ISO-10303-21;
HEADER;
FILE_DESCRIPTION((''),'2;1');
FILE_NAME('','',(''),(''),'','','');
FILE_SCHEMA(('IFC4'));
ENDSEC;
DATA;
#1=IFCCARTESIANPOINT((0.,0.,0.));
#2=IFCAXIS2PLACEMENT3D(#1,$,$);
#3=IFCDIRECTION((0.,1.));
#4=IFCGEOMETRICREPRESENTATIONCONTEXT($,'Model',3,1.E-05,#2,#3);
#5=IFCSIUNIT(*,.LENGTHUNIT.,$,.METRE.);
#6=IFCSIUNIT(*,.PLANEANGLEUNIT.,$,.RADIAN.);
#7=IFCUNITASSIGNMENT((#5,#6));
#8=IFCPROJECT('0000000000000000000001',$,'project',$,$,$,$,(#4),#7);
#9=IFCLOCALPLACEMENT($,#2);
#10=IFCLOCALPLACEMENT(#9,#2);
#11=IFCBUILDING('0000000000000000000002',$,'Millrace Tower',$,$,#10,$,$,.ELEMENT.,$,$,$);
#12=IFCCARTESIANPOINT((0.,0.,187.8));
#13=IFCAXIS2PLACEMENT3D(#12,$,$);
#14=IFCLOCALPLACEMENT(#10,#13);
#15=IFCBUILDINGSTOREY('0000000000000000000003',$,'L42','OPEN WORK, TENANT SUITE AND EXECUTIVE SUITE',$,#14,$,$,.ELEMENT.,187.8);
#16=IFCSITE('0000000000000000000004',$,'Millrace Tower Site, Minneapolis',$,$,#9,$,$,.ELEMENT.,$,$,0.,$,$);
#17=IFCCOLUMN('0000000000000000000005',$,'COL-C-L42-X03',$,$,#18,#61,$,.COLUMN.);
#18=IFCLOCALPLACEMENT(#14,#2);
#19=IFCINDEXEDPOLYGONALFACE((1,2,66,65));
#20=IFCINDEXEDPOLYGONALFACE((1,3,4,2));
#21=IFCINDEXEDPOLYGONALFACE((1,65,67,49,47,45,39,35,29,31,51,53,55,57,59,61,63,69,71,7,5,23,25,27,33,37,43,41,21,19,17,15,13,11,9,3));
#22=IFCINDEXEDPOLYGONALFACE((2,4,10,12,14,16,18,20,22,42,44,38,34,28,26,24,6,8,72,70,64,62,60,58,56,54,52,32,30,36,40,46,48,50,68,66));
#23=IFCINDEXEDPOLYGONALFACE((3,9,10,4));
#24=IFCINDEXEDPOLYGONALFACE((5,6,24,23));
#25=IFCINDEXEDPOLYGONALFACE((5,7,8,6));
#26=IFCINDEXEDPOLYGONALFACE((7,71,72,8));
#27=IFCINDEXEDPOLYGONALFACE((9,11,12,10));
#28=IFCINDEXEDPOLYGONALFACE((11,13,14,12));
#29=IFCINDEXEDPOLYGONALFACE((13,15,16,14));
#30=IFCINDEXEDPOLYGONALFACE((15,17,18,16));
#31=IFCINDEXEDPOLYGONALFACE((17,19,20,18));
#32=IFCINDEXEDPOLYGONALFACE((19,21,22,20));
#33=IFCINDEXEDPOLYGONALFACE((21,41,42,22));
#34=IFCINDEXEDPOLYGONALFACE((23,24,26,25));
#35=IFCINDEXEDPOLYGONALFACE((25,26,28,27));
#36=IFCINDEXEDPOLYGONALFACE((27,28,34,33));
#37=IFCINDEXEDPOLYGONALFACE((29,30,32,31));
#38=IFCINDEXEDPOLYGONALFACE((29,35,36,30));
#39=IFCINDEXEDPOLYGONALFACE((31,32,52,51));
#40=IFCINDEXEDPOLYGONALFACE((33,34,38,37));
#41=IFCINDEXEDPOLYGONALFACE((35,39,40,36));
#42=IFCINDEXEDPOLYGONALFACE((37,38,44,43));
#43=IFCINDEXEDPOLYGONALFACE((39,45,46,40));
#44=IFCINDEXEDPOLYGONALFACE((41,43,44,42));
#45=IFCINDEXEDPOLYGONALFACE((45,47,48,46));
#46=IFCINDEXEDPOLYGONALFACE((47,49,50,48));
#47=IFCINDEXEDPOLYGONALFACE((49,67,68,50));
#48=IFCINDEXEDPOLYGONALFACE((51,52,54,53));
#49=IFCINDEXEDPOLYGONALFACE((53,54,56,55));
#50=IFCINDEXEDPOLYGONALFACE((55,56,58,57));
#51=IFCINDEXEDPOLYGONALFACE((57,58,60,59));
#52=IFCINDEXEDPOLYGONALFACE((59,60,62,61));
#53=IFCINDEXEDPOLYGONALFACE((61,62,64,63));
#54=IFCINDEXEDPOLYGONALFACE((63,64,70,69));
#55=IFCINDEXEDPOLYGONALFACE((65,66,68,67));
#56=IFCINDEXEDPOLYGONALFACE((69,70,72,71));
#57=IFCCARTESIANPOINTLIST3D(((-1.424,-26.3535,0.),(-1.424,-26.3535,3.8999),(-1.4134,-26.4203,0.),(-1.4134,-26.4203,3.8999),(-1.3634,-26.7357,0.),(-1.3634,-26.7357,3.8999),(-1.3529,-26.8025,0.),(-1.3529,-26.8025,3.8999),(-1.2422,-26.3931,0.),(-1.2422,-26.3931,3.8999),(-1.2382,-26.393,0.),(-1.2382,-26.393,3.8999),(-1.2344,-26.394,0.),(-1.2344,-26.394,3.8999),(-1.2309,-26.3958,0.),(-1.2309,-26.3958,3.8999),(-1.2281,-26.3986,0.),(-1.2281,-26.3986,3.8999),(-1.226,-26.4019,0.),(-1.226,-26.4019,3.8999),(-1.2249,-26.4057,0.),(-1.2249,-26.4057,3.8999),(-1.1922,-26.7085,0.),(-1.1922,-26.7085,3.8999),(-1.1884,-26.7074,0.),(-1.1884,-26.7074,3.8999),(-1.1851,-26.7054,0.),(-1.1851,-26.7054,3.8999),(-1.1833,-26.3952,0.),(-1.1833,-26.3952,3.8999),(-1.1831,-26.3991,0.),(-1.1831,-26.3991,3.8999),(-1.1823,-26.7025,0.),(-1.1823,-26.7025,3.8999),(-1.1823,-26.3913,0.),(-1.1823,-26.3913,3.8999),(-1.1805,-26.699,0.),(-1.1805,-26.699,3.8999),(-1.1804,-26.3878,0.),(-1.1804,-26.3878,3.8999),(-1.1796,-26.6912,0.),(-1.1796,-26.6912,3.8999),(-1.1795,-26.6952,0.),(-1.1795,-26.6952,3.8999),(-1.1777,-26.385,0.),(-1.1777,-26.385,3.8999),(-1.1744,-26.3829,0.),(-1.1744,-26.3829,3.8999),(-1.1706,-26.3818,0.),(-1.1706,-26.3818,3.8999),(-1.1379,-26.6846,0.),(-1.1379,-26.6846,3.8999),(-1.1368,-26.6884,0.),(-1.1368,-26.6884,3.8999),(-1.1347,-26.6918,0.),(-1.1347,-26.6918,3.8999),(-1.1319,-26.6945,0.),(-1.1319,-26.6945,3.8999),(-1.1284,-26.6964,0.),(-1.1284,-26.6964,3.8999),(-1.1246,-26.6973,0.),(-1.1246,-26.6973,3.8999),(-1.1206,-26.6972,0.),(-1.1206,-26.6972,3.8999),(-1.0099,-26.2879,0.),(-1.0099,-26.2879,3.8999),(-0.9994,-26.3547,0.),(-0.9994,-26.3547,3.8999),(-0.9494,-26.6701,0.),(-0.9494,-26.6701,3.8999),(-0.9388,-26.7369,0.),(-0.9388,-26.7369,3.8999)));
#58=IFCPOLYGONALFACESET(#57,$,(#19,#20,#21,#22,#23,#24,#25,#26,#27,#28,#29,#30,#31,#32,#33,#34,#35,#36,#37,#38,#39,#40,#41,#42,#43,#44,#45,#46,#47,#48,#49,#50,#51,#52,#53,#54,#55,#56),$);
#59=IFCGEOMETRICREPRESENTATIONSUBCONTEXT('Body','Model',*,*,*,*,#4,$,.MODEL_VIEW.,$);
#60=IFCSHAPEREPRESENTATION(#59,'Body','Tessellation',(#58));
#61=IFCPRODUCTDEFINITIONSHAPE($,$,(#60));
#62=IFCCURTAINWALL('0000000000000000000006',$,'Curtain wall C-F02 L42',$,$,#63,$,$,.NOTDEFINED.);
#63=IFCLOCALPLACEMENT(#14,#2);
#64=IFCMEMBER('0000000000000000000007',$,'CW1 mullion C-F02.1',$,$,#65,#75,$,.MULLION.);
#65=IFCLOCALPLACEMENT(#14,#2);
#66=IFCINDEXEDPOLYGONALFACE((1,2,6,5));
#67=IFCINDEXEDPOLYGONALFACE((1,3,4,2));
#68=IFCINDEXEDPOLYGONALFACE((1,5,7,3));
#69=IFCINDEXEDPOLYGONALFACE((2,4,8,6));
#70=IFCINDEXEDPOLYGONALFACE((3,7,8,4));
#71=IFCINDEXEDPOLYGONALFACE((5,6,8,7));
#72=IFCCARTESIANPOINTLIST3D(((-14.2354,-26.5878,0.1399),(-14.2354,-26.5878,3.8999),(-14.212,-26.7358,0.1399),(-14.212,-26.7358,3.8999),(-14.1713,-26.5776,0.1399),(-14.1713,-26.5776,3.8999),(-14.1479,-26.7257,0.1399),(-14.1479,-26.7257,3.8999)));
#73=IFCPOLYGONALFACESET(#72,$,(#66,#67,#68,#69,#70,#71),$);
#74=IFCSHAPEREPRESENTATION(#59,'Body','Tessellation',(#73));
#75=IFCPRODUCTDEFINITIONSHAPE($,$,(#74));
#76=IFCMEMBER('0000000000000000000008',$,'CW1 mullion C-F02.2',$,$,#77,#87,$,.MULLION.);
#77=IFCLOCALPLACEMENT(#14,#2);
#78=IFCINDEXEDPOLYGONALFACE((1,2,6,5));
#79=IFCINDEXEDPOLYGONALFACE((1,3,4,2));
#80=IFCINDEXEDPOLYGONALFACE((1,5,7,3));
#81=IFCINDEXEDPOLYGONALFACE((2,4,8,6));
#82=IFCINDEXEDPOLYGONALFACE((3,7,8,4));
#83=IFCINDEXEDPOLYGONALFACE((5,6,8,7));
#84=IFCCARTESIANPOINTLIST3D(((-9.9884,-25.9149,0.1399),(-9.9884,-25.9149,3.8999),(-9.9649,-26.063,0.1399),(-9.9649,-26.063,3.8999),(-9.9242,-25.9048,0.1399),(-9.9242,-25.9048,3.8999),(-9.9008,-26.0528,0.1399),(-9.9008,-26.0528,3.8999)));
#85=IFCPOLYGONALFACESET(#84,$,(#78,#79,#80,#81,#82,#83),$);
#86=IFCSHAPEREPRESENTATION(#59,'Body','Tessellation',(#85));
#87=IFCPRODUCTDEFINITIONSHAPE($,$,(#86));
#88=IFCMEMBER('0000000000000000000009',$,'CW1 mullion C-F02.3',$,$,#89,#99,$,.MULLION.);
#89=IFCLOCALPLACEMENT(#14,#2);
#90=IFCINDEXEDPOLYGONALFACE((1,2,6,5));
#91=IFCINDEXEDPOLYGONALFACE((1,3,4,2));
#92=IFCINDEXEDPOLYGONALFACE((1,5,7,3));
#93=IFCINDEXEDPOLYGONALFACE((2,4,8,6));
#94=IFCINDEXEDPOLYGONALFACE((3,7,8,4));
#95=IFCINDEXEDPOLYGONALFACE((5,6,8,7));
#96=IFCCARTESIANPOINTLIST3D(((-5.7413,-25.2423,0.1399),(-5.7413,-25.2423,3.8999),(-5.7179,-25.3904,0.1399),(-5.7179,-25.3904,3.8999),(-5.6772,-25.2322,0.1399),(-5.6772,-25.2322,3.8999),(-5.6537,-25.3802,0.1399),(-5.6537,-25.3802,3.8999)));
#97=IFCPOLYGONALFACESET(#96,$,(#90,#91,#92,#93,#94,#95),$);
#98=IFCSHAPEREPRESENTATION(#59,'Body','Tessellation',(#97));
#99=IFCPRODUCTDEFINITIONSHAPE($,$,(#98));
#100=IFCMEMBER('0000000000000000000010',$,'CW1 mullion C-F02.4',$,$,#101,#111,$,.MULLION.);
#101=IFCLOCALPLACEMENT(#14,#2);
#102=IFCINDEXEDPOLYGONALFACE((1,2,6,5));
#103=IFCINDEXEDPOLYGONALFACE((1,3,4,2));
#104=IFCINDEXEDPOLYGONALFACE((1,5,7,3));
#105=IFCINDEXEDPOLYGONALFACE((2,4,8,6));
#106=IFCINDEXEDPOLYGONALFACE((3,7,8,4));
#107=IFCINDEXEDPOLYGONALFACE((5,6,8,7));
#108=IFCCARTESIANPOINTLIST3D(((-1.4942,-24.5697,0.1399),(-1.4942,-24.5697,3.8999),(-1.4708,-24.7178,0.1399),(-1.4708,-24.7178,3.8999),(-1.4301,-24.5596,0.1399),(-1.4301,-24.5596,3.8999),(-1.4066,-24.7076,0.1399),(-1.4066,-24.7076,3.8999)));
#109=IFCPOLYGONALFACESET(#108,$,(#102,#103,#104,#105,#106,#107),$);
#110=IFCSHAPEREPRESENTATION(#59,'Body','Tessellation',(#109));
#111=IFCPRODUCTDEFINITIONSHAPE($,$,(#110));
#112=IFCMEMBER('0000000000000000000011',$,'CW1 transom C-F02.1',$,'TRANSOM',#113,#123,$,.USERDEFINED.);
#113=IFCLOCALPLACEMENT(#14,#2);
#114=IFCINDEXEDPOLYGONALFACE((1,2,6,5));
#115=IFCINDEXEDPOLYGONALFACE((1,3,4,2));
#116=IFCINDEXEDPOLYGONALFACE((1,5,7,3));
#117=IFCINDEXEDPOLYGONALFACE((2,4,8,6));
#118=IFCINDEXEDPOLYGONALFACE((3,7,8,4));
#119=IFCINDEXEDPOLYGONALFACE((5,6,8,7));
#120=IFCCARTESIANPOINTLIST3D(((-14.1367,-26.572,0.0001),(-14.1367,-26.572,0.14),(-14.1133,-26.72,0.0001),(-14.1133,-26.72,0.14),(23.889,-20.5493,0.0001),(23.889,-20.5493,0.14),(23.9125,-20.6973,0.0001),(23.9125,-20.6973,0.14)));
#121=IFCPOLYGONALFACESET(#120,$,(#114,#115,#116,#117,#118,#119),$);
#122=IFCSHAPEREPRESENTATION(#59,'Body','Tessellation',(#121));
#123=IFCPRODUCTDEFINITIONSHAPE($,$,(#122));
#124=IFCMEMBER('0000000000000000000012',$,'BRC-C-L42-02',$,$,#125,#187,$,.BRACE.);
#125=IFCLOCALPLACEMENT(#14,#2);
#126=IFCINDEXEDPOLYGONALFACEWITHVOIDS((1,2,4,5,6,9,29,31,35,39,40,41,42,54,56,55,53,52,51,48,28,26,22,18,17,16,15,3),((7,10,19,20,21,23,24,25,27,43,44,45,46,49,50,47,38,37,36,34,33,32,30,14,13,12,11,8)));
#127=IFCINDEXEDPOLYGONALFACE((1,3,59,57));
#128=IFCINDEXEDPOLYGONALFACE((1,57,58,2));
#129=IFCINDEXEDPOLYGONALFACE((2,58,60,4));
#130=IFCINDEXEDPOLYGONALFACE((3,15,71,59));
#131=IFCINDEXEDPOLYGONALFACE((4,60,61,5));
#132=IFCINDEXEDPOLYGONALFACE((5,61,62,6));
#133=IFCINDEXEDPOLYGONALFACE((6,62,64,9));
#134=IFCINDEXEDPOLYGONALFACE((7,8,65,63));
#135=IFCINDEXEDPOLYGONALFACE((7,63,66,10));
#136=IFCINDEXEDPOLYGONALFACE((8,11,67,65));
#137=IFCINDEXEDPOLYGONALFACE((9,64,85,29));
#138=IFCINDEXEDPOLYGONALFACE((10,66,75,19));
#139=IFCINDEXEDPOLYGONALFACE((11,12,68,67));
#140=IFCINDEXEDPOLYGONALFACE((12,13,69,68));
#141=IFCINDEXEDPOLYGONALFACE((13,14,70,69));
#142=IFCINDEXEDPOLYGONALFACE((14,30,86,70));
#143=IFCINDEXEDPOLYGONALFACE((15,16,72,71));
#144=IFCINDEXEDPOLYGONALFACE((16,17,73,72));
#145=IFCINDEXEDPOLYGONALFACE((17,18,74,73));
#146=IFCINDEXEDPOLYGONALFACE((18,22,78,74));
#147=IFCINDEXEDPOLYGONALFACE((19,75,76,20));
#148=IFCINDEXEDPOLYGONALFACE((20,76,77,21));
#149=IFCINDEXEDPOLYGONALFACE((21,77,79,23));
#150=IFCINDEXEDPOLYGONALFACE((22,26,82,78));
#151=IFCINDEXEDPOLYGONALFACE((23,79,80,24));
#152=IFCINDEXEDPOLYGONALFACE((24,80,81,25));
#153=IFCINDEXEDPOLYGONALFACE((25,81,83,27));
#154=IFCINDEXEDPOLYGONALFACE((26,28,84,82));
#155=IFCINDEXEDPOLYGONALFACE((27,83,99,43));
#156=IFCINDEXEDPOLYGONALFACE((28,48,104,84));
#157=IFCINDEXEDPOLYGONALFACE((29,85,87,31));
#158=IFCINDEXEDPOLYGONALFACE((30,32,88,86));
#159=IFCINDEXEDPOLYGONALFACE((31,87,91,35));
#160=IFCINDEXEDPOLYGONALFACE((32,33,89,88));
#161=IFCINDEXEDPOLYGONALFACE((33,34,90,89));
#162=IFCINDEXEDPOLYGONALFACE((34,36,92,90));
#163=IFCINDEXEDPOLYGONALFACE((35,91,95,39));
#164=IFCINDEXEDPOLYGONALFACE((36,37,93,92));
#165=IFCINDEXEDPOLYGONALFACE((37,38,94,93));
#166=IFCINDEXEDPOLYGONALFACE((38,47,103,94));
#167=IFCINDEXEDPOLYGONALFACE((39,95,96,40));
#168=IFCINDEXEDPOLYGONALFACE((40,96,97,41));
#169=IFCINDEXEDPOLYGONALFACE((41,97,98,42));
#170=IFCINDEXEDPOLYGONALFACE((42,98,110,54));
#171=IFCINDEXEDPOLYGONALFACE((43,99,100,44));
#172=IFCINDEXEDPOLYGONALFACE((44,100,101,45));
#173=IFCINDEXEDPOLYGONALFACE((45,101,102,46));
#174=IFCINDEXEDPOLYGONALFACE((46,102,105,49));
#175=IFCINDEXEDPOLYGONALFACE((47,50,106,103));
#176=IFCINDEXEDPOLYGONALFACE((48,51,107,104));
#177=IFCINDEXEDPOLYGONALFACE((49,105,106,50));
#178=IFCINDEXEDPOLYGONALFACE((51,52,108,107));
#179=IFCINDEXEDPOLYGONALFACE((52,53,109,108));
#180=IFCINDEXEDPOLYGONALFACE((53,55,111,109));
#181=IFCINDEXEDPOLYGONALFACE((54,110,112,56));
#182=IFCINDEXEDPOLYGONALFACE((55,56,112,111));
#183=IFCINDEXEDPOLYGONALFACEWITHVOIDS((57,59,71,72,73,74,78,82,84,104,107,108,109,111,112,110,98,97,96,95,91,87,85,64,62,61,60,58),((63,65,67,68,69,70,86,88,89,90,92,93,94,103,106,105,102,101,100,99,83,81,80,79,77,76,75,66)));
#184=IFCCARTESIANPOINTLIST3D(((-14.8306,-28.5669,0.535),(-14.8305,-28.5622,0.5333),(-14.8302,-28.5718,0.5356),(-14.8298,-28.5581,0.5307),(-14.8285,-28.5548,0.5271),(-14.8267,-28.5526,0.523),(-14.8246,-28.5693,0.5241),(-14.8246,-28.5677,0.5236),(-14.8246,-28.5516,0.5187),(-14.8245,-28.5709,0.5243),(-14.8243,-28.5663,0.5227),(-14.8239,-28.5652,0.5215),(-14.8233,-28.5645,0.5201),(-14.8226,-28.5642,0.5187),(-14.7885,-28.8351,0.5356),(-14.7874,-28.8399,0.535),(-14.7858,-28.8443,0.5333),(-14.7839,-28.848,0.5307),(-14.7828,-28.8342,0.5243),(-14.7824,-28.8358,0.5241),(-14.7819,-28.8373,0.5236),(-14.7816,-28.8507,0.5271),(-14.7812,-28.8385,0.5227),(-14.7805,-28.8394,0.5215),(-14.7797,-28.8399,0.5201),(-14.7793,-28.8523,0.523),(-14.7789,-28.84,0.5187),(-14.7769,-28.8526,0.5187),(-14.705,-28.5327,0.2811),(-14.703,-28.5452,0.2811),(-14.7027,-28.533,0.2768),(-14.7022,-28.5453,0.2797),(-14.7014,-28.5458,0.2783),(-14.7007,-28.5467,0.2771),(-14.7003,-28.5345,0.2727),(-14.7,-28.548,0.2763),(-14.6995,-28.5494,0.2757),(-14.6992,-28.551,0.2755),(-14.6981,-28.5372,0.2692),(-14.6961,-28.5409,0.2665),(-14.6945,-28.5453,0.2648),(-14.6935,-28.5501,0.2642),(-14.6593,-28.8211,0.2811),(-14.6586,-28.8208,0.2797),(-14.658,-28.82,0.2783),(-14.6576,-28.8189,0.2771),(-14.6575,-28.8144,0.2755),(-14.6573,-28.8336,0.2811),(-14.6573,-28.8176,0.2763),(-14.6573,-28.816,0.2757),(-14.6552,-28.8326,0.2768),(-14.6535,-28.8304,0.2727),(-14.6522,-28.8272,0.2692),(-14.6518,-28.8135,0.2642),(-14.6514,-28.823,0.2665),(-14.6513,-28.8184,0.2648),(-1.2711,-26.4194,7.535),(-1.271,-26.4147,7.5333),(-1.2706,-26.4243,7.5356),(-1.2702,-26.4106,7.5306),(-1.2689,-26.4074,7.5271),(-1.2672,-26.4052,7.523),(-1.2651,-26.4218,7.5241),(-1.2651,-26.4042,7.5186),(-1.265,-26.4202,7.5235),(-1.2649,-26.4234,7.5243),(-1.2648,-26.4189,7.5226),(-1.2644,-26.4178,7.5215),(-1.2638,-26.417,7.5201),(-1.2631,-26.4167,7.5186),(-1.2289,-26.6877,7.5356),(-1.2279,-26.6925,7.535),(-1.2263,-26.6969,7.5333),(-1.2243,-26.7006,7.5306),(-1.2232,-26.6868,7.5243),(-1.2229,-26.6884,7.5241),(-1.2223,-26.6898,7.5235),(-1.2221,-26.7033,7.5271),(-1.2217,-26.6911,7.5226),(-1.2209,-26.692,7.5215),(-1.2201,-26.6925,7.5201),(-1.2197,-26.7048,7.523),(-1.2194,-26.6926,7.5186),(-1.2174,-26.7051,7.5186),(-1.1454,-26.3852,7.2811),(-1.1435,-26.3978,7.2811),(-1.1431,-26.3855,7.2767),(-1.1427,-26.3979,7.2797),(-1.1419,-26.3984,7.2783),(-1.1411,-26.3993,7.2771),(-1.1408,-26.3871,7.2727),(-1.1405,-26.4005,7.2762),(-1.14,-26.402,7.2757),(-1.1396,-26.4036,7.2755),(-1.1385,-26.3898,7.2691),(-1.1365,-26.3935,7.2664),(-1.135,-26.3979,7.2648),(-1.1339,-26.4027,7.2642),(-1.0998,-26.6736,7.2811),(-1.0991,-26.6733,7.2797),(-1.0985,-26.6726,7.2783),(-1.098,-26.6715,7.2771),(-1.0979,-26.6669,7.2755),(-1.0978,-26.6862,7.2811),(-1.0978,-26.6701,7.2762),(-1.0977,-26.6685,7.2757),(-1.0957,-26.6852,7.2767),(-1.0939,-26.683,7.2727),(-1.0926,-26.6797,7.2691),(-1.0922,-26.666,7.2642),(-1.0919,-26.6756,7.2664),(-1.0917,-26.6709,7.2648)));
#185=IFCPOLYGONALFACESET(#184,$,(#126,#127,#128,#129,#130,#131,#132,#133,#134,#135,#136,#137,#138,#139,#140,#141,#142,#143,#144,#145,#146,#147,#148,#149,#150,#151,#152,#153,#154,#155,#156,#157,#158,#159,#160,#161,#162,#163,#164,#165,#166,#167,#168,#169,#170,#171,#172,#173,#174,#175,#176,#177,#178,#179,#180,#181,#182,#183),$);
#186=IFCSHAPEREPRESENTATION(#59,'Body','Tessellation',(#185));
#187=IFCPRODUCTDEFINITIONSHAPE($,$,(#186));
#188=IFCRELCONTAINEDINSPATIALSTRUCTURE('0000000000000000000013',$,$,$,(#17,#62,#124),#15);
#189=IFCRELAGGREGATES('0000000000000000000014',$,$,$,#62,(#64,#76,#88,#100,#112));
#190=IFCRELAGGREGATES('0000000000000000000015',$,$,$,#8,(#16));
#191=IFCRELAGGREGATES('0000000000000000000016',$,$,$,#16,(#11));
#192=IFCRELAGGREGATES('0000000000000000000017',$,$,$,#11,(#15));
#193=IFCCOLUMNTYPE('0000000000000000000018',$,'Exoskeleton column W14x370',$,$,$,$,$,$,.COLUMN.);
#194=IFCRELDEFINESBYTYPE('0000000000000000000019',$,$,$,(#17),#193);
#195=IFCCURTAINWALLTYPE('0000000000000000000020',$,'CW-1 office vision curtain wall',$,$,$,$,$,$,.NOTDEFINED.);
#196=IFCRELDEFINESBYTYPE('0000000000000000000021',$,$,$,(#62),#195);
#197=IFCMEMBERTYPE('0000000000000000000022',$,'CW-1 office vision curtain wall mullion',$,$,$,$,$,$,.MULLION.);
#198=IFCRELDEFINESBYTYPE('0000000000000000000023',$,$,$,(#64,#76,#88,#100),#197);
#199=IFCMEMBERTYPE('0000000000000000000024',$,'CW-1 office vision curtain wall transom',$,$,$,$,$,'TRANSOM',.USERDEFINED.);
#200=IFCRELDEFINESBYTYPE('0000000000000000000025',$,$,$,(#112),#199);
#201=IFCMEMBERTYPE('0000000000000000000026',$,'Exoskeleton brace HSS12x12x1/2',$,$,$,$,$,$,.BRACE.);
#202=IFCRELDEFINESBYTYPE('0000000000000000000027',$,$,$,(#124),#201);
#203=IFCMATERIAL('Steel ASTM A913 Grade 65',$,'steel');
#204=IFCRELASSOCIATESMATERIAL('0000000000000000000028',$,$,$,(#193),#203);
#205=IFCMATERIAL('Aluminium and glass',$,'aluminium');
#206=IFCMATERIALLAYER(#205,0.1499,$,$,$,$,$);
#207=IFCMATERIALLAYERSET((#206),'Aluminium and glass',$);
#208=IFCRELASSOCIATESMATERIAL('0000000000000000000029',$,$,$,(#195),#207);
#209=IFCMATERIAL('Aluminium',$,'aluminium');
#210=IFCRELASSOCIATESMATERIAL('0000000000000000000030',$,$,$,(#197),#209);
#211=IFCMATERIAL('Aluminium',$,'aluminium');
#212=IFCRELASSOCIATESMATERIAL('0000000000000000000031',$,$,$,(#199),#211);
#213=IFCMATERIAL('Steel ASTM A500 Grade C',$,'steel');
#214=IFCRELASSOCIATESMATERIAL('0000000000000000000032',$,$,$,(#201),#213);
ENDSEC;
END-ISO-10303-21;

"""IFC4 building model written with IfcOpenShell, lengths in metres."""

from ifc_helpers import new_model, si_unit, direction, frame, origin, origin_2d, place, context, subcontext, project, spatial, rectangle, hollow_rectangle, i_section, extrude, material, layer, layer_set, material_profile, profile_set, type_object, element, aggregate, save


model = new_model("IFC4")

# Units and contexts
model_context = context("Model", 3, precision=1e-05, world=origin(), true_north=direction((0.0, 1.0)))
body_context = subcontext(model_context, "Body", "Model", "MODEL_VIEW")
ifc_project = project(units=[si_unit("LENGTHUNIT", "METRE"), si_unit("PLANEANGLEUNIT", "RADIAN")], contexts=[model_context])

# Site, building, storey
site_placement = place(None, origin())
site = spatial("IfcSite", under=ifc_project, at=site_placement, Name="Millrace Tower Site, Minneapolis", CompositionType="ELEMENT", RefElevation=0.0)
building_placement = place(site_placement, origin())
building = spatial("IfcBuilding", under=site, at=building_placement, Name="Millrace Tower", CompositionType="ELEMENT")
storey_placement = place(building_placement, frame((0.0, 0.0, 187.8)))
storey = spatial("IfcBuildingStorey", under=building, at=storey_placement, Name="L42", Description="OPEN WORK, TENANT SUITE AND EXECUTIVE SUITE", CompositionType="ELEMENT", Elevation=187.8)

# Column
ifc_material_1 = material(Name="Steel ASTM A913 Grade 65", Category="steel")
ifc_material_profile_1 = material_profile(ifc_material_1, i_section(OverallWidth=0.4192, OverallDepth=0.4546, WebThickness=0.0422, FlangeThickness=0.0676, FilletRadius=0.0151, at=origin_2d()))
ifc_profile_set_1 = profile_set([ifc_material_profile_1], Name="Steel ASTM A913 Grade 65")
column_type = type_object("IfcColumnType", Name="Exoskeleton column W14x370", PredefinedType="COLUMN", material=ifc_profile_set_1)
column_placement = place(storey_placement, frame((-1.1814, -26.5452, 0.0), z_axis=(0.0, 0.0, 1.0), x_axis=(0.987688, 0.156434, 0.0)))
element("IfcColumn", 1, at=column_placement, inside=storey, type_object=column_type, Name="COL-C-L42-X03", PredefinedType="COLUMN", context=body_context, shape_type="SweptSolid", body=[
    extrude(i_section(OverallWidth=0.4192, OverallDepth=0.4546, WebThickness=0.0422, FlangeThickness=0.0676, FilletRadius=0.0151, at=origin_2d()), origin(), (0.0, 0.0, 1.0), 3.8999),
])

# Curtain wall, members
ifc_material_2 = material(Name="Aluminium and glass", Category="aluminium")
ifc_layer_1 = layer(ifc_material_2, 0.1499)
ifc_layer_set_1 = layer_set([ifc_layer_1], Name="Aluminium and glass")
curtain_wall_type = type_object("IfcCurtainWallType", Name="CW-1 office vision curtain wall", PredefinedType="NOTDEFINED", material=ifc_layer_set_1)
curtain_wall_placement = place(storey_placement, origin())
curtain_wall = element("IfcCurtainWall", 2, at=curtain_wall_placement, inside=storey, type_object=curtain_wall_type, Name="Curtain wall C-F02 L42", PredefinedType="NOTDEFINED")
ifc_material_3 = material(Name="Aluminium", Category="aluminium")
ifc_material_profile_2 = material_profile(ifc_material_3, rectangle(XDim=0.0649, YDim=0.1499, at=origin_2d()))
ifc_profile_set_2 = profile_set([ifc_material_profile_2], Name="Aluminium")
member_type_1 = type_object("IfcMemberType", Name="CW-1 office vision curtain wall mullion", PredefinedType="MULLION", material=ifc_profile_set_2)
member_1_placement = place(storey_placement, frame((-14.1917, -26.6567, 0.1399), z_axis=(0.0, 0.0, 1.0), x_axis=(0.987688, 0.156434, 0.0)))
member_1 = element("IfcMember", 3, at=member_1_placement, type_object=member_type_1, Name="CW1 mullion C-F02.1", PredefinedType="MULLION", context=body_context, shape_type="SweptSolid", body=[
    extrude(rectangle(XDim=0.0649, YDim=0.1499, at=origin_2d()), origin(), (0.0, 0.0, 1.0), 3.76),
])
member_2_placement = place(storey_placement, frame((-9.9446, -25.9839, 0.1399), z_axis=(0.0, 0.0, 1.0), x_axis=(0.987688, 0.156434, 0.0)))
member_2 = element("IfcMember", 4, at=member_2_placement, type_object=member_type_1, Name="CW1 mullion C-F02.2", PredefinedType="MULLION", context=body_context, shape_type="SweptSolid", body=[
    extrude(rectangle(XDim=0.0649, YDim=0.1499, at=origin_2d()), origin(), (0.0, 0.0, 1.0), 3.76),
])
member_3_placement = place(storey_placement, frame((-5.6975, -25.3113, 0.1399), z_axis=(0.0, 0.0, 1.0), x_axis=(0.987688, 0.156434, 0.0)))
member_3 = element("IfcMember", 5, at=member_3_placement, type_object=member_type_1, Name="CW1 mullion C-F02.3", PredefinedType="MULLION", context=body_context, shape_type="SweptSolid", body=[
    extrude(rectangle(XDim=0.0649, YDim=0.1499, at=origin_2d()), origin(), (0.0, 0.0, 1.0), 3.76),
])
member_4_placement = place(storey_placement, frame((-1.4504, -24.6387, 0.1399), z_axis=(0.0, 0.0, 1.0), x_axis=(0.987688, 0.156434, 0.0)))
member_4 = element("IfcMember", 6, at=member_4_placement, type_object=member_type_1, Name="CW1 mullion C-F02.4", PredefinedType="MULLION", context=body_context, shape_type="SweptSolid", body=[
    extrude(rectangle(XDim=0.0649, YDim=0.1499, at=origin_2d()), origin(), (0.0, 0.0, 1.0), 3.76),
])
ifc_material_4 = material(Name="Aluminium", Category="aluminium")
ifc_material_profile_3 = material_profile(ifc_material_4, rectangle(XDim=0.1499, YDim=0.1399, at=origin_2d()))
ifc_profile_set_3 = profile_set([ifc_material_profile_3], Name="Aluminium")
member_type_2 = type_object("IfcMemberType", Name="CW-1 office vision curtain wall transom", ElementType="TRANSOM", PredefinedType="USERDEFINED", material=ifc_profile_set_3)
member_5_placement = place(storey_placement, frame((-14.125, -26.646, 0.0701), z_axis=(0.987688, 0.156434, 0.0), x_axis=(-0.156434, 0.987688, 0.0)))
member_5 = element("IfcMember", 7, at=member_5_placement, type_object=member_type_2, Name="CW1 transom C-F02.1", ObjectType="TRANSOM", PredefinedType="USERDEFINED", context=body_context, shape_type="SweptSolid", body=[
    extrude(rectangle(XDim=0.1499, YDim=0.1399, at=origin_2d()), origin(), (0.0, 0.0, 1.0), 38.4998),
])
aggregate(curtain_wall, [member_1, member_2, member_3, member_4, member_5])

# Member
ifc_material_5 = material(Name="Steel ASTM A500 Grade C", Category="steel")
ifc_material_profile_4 = material_profile(ifc_material_5, hollow_rectangle(XDim=0.3047, YDim=0.3047, WallThickness=0.0127, InnerFilletRadius=0.0063, OuterFilletRadius=0.019, at=origin_2d()))
ifc_profile_set_4 = profile_set([ifc_material_profile_4], Name="Steel ASTM A500 Grade C")
member_type_3 = type_object("IfcMemberType", Name="Exoskeleton brace HSS12x12x1/2", PredefinedType="BRACE", material=ifc_profile_set_4)
member_6_placement = place(storey_placement, frame((-14.741, -28.6926, 0.3999), z_axis=(0.87991, 0.139353, 0.454245), x_axis=(-0.156423, 0.98769, 0.0)))
element("IfcMember", 8, at=member_6_placement, inside=storey, type_object=member_type_3, Name="BRC-C-L42-02", PredefinedType="BRACE", context=body_context, shape_type="SweptSolid", body=[
    extrude(hollow_rectangle(XDim=0.3047, YDim=0.3047, WallThickness=0.0127, InnerFilletRadius=0.0063, OuterFilletRadius=0.019, at=origin_2d()), origin(), (0.0, 0.0, 1.0), 15.4102),
])

save(model, "model.ifc")
